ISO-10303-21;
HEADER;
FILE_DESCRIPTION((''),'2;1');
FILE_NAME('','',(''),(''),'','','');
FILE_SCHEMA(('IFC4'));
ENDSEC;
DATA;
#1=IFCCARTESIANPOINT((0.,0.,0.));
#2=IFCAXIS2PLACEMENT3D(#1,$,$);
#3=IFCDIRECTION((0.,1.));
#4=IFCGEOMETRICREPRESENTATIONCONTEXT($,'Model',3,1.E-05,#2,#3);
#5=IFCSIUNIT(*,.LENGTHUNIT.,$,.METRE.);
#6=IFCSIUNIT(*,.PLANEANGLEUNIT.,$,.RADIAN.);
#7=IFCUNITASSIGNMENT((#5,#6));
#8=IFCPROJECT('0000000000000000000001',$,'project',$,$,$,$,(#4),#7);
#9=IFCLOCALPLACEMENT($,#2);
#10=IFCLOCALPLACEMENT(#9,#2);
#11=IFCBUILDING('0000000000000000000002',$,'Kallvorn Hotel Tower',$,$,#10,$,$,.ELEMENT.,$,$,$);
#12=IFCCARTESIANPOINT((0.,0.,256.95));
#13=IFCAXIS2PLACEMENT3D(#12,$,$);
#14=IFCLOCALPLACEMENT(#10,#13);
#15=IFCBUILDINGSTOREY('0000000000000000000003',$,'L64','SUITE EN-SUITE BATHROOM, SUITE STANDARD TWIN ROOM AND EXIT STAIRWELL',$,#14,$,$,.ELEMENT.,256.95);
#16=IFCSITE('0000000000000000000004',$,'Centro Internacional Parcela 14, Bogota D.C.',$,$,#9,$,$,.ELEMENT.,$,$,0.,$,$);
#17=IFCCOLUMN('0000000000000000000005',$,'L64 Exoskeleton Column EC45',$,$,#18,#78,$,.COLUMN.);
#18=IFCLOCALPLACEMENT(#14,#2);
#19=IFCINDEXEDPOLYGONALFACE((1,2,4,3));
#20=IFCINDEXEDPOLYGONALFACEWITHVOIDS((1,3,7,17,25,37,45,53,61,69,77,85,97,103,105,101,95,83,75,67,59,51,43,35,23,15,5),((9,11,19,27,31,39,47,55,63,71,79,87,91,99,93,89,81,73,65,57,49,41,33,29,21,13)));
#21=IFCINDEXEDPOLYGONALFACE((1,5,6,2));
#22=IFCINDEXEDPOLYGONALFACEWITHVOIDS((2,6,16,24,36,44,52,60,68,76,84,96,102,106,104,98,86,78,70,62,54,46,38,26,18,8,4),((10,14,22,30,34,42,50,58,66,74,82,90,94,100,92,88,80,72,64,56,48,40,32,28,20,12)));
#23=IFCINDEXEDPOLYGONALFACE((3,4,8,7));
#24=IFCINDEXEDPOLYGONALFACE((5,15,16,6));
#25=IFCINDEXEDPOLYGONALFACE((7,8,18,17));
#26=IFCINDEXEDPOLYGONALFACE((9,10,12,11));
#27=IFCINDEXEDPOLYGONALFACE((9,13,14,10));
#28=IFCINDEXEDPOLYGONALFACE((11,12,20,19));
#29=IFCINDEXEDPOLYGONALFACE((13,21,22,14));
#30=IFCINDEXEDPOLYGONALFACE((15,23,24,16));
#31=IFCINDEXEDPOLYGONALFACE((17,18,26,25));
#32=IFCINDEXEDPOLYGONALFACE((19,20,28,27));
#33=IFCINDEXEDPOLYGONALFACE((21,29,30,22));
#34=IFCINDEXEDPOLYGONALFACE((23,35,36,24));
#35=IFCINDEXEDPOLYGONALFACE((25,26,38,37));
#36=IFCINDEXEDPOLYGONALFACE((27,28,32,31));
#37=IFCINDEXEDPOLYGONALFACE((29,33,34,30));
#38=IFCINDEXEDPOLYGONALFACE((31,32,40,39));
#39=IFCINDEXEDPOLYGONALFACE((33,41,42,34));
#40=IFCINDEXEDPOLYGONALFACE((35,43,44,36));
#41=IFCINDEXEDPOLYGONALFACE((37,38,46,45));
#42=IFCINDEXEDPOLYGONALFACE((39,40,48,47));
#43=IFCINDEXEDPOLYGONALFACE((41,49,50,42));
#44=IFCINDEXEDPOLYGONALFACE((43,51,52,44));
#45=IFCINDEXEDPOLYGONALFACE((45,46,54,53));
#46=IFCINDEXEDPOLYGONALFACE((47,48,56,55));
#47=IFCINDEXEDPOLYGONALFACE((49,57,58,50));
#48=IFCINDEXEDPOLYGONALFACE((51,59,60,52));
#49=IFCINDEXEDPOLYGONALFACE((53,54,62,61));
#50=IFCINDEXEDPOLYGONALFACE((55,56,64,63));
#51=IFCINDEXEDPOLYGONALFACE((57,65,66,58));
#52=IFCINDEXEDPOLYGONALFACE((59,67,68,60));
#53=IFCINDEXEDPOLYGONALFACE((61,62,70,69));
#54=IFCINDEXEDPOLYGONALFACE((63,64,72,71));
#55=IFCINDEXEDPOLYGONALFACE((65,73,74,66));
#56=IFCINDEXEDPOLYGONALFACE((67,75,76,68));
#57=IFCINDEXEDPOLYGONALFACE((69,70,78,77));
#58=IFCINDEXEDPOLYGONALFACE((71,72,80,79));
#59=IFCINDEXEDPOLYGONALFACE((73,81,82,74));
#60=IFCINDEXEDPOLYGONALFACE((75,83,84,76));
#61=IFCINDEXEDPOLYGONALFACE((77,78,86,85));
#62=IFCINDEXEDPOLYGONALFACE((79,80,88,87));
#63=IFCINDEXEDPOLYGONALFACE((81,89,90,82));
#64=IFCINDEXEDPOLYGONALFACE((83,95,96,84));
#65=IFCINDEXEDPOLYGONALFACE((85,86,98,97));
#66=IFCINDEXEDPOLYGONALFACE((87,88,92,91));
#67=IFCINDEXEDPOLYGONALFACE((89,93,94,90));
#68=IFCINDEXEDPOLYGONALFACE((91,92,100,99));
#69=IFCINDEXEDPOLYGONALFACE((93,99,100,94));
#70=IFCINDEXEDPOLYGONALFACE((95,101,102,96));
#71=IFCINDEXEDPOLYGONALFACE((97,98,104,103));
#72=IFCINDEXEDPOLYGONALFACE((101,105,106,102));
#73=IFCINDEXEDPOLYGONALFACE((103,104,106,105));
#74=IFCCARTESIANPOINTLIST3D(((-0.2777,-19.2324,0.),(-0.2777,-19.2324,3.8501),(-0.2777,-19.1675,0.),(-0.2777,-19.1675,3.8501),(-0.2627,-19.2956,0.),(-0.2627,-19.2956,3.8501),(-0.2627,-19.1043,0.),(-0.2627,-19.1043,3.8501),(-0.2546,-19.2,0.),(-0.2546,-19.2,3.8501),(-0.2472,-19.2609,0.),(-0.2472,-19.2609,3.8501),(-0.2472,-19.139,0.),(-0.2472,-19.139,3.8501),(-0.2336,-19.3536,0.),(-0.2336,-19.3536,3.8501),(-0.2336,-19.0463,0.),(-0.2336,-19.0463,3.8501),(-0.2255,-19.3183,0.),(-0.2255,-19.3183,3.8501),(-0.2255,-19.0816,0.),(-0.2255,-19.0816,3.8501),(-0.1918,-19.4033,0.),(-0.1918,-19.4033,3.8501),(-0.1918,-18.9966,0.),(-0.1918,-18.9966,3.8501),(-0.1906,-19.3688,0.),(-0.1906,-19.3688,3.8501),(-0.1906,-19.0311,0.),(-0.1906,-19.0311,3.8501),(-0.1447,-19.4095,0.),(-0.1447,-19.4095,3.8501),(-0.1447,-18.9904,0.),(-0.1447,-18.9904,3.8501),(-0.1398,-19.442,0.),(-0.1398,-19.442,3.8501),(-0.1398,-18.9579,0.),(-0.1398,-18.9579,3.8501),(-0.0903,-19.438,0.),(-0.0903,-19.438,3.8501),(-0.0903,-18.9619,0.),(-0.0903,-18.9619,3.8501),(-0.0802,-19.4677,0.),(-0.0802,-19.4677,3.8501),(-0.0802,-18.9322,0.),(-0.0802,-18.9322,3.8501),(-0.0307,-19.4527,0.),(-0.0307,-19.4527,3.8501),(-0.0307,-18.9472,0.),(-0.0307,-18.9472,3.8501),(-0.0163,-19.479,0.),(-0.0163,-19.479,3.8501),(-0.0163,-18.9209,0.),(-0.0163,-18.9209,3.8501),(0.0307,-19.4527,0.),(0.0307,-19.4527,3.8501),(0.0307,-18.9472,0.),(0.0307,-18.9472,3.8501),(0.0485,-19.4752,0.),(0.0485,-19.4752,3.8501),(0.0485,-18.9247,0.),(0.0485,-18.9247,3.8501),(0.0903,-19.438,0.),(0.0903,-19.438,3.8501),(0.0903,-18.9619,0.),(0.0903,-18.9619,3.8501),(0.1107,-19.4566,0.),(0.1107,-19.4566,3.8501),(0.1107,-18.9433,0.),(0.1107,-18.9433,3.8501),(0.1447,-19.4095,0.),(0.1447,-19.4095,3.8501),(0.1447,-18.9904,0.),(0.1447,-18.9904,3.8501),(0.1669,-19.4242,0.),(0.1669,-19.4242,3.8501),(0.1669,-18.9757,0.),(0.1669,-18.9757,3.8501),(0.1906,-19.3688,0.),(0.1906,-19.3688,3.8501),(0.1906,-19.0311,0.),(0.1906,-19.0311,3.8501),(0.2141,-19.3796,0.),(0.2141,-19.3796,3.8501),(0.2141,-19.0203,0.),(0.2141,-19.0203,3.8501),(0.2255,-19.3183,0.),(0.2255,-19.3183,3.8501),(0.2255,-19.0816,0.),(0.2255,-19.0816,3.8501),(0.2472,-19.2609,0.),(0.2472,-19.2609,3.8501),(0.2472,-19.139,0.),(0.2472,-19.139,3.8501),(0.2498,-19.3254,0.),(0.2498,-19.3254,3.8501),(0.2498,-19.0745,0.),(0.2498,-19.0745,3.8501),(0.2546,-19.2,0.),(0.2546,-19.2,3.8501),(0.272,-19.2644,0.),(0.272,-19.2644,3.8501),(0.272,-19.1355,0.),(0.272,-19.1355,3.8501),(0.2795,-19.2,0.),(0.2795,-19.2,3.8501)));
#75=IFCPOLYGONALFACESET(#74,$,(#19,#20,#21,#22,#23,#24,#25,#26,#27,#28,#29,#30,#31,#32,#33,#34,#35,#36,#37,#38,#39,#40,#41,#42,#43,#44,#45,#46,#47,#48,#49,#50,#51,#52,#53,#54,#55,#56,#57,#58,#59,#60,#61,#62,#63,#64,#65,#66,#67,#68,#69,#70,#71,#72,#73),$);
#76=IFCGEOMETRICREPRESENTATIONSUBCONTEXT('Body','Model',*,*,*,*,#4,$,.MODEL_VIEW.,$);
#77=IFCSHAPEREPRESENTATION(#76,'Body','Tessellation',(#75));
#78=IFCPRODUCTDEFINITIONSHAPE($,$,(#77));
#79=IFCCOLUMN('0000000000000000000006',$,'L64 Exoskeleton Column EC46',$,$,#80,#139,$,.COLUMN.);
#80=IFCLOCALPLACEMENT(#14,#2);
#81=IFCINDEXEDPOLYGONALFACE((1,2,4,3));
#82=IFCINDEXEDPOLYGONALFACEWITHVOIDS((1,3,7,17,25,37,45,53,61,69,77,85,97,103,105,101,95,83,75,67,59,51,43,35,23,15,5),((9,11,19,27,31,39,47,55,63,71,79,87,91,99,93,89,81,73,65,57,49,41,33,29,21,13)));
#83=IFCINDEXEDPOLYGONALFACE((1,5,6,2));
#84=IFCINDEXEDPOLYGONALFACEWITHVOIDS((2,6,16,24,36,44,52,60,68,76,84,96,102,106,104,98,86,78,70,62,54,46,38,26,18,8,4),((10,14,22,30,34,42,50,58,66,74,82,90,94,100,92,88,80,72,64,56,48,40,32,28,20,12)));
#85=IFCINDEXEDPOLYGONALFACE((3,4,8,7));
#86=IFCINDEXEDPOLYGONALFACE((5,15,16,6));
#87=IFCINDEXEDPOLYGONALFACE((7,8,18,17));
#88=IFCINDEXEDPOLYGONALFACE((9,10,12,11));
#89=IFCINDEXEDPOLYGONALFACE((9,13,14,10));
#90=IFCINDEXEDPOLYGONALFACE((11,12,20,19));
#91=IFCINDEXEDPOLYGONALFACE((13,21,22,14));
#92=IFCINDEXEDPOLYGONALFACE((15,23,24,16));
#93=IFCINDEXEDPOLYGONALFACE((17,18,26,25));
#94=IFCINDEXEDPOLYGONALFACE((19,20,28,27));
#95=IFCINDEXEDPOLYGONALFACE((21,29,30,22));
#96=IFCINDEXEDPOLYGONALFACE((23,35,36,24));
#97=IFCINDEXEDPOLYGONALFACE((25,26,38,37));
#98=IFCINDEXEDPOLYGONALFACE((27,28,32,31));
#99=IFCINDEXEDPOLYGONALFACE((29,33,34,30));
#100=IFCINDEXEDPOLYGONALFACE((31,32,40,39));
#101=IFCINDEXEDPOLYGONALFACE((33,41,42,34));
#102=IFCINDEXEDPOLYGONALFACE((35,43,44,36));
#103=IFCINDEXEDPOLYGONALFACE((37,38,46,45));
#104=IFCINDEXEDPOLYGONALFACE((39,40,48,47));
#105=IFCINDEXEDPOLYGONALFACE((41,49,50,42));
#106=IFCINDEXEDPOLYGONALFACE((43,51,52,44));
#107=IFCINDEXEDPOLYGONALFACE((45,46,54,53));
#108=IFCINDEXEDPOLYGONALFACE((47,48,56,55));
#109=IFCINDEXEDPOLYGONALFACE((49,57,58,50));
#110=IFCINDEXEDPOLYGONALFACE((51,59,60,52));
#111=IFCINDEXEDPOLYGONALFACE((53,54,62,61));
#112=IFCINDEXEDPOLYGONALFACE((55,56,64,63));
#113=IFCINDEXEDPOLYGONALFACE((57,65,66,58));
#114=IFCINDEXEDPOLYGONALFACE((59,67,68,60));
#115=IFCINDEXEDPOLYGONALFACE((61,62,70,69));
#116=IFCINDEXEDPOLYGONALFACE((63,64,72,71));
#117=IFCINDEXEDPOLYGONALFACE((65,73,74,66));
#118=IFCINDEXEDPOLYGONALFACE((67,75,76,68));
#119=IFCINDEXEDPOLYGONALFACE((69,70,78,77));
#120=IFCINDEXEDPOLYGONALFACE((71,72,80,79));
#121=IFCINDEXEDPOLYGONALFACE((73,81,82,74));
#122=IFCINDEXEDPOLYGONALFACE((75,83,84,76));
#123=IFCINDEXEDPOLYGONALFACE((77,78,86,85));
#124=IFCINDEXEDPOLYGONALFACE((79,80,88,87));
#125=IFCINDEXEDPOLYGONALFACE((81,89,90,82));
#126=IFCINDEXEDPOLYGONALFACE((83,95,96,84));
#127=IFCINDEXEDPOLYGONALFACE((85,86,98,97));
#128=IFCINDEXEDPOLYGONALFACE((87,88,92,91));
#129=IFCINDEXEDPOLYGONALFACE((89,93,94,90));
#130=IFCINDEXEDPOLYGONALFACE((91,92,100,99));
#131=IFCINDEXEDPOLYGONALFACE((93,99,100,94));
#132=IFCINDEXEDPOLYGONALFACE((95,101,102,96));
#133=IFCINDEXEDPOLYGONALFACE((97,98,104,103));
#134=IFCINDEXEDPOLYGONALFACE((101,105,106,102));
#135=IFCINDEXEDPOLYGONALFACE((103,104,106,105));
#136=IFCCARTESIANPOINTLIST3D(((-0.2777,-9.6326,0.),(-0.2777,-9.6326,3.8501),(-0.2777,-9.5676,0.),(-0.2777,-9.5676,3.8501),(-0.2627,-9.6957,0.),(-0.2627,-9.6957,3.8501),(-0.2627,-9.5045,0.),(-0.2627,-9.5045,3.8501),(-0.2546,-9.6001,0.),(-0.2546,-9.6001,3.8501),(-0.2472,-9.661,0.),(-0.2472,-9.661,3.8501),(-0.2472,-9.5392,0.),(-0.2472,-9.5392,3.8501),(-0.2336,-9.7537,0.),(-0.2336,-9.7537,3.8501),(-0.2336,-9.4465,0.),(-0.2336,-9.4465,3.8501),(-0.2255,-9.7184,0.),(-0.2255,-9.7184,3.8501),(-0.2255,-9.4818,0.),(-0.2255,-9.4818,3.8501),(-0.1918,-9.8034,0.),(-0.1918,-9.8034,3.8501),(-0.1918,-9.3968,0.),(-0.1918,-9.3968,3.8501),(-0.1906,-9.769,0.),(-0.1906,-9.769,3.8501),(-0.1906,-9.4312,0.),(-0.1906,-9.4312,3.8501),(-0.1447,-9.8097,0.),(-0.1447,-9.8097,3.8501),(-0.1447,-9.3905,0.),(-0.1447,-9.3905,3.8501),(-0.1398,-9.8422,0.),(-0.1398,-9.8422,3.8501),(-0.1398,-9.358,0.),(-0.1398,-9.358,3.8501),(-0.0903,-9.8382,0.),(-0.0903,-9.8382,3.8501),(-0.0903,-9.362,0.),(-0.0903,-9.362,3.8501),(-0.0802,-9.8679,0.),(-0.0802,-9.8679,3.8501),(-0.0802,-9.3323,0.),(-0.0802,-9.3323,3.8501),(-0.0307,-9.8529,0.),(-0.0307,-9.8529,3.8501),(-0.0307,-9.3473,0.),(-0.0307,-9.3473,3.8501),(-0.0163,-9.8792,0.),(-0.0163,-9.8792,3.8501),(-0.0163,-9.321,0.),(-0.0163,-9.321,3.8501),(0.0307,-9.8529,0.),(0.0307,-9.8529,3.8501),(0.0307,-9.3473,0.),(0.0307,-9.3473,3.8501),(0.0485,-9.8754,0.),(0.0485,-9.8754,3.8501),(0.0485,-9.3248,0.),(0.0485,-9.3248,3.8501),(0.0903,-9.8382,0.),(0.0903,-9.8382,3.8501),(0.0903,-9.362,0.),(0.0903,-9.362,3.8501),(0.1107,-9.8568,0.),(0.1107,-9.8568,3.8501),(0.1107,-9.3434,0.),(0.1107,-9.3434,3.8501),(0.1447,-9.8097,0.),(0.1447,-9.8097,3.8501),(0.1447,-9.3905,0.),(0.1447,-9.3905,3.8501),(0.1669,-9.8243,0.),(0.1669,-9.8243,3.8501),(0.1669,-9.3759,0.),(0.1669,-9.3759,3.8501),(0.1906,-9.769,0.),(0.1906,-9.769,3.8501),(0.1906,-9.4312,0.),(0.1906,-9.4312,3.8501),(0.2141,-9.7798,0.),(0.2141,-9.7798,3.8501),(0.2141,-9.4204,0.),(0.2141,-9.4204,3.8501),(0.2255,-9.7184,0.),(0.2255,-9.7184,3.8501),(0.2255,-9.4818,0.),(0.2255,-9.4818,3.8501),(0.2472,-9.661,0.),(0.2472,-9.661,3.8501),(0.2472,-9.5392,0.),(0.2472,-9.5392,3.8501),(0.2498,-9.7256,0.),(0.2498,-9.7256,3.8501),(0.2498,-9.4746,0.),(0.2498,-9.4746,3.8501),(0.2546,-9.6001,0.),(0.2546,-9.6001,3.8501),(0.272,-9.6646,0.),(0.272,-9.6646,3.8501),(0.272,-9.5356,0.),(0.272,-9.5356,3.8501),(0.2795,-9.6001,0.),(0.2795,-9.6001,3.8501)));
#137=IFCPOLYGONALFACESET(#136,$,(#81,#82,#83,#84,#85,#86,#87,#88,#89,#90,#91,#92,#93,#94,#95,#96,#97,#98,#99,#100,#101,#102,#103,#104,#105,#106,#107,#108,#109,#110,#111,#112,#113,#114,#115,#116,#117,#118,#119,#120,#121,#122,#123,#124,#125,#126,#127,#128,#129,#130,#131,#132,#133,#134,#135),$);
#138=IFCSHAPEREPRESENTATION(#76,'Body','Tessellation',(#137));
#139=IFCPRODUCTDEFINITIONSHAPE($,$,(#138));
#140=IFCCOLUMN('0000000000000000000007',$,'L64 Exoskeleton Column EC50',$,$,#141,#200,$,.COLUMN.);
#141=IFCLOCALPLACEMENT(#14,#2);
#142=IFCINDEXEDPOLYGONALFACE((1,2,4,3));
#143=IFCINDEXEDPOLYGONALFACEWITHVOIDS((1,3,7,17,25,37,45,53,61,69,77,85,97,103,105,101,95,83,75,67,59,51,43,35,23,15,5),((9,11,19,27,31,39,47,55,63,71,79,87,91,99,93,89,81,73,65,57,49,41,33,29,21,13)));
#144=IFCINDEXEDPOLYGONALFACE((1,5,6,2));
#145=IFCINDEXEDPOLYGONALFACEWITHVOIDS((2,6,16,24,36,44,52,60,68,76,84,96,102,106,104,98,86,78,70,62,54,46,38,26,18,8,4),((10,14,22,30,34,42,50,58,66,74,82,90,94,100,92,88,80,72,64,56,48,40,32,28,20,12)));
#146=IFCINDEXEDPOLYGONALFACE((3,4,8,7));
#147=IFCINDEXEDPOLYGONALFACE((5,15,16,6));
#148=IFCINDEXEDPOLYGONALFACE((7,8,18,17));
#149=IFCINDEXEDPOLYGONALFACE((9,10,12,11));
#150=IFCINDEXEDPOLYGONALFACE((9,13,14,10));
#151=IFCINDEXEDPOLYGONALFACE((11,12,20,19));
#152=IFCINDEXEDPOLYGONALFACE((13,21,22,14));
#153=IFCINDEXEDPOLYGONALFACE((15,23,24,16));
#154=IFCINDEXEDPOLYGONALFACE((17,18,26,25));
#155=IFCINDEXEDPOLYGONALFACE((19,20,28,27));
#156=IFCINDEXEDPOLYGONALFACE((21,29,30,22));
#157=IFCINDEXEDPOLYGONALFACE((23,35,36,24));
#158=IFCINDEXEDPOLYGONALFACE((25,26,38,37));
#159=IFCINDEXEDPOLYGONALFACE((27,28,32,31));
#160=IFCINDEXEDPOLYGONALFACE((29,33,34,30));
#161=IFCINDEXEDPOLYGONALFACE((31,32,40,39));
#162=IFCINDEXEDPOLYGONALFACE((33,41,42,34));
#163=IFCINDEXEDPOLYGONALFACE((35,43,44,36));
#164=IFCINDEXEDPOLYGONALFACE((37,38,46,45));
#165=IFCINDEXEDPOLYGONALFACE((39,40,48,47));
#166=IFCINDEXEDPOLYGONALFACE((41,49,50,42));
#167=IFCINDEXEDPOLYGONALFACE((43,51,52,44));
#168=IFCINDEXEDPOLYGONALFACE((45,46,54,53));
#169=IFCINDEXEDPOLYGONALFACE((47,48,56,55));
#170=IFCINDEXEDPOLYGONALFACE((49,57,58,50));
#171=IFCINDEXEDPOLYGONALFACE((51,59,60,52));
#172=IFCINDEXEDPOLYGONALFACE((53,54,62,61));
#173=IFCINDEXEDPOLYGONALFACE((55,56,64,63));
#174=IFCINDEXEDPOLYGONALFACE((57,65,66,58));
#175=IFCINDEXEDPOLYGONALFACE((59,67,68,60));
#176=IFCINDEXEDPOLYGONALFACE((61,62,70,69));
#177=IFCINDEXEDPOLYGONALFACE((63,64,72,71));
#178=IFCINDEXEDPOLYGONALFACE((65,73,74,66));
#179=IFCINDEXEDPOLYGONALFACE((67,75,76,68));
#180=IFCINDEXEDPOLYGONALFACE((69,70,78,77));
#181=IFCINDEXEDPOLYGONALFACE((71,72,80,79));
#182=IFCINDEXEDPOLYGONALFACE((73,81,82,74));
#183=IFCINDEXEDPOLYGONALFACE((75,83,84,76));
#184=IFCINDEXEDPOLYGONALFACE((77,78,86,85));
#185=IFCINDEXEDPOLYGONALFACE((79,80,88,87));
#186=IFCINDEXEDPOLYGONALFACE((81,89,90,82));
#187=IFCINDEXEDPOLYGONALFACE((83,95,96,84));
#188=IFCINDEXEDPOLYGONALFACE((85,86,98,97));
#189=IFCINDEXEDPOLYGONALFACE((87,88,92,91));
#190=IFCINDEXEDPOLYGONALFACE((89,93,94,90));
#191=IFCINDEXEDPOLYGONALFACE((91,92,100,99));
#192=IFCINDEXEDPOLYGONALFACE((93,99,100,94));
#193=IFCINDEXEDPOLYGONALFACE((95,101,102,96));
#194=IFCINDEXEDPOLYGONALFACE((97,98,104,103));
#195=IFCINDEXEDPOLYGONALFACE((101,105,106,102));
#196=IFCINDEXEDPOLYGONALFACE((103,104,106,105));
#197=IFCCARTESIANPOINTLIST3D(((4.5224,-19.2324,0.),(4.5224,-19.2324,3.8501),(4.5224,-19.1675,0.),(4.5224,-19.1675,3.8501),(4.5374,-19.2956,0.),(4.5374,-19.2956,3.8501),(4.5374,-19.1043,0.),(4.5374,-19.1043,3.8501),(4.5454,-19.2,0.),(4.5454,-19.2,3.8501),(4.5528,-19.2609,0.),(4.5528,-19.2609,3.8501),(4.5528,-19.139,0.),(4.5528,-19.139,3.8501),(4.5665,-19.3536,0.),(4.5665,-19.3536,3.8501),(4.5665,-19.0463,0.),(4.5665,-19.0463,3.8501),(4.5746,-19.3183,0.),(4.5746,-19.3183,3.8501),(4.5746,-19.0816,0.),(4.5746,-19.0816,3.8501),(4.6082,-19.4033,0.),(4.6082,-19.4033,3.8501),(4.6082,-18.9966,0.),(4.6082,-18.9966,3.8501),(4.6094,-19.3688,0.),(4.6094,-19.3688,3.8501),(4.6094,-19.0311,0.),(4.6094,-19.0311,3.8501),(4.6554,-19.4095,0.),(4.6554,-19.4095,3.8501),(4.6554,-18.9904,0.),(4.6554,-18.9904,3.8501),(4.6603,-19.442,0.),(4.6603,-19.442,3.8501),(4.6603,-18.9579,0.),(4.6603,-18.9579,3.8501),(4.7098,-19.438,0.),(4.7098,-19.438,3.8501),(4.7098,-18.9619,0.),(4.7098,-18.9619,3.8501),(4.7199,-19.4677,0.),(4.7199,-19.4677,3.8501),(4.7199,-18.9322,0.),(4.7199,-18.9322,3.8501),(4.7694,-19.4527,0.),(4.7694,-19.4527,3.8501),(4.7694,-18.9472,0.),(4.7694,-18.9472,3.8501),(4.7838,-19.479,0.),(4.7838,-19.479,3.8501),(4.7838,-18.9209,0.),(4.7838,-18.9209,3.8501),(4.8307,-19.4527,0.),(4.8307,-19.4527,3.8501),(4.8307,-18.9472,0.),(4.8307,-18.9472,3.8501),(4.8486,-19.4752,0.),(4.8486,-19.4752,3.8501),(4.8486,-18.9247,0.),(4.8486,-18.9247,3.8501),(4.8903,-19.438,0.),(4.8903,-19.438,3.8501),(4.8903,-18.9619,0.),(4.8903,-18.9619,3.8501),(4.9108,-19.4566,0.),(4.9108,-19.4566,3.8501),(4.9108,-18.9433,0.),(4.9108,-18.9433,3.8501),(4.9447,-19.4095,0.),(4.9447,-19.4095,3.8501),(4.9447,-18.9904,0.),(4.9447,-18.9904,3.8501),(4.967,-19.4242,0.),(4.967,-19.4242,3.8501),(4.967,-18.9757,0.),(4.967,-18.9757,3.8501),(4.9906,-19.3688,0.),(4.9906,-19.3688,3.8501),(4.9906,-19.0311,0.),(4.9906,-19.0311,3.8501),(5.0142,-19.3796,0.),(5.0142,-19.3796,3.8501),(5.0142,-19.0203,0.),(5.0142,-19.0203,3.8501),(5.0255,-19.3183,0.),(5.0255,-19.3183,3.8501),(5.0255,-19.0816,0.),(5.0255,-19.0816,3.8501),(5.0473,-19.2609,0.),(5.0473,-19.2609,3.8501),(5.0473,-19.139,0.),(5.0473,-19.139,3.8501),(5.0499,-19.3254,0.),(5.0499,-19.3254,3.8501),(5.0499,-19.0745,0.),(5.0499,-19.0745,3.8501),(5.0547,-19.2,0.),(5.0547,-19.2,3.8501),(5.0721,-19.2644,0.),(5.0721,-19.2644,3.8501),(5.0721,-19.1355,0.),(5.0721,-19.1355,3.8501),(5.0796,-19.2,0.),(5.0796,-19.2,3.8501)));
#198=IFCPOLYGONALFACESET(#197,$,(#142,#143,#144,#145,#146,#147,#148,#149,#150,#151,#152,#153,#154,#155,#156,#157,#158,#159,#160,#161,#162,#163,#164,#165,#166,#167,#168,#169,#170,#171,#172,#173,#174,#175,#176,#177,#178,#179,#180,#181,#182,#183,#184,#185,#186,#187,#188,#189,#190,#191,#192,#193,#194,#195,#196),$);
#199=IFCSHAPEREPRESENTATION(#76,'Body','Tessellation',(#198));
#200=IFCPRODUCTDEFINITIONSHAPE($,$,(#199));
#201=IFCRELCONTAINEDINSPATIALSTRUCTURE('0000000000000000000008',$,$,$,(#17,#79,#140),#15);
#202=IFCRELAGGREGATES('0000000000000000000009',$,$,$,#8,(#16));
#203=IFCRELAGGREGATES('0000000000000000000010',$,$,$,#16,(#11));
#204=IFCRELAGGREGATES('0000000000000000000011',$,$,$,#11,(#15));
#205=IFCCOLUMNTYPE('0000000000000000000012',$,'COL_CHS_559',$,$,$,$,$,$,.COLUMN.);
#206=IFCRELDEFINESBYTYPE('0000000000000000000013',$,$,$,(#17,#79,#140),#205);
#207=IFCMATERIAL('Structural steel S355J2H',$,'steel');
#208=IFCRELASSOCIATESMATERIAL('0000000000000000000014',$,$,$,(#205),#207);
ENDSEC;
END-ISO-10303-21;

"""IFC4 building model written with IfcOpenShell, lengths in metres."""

from ifc_helpers import new_model, si_unit, direction, frame, origin, origin_2d, place, context, subcontext, project, spatial, hollow_circle, extrude, material, material_profile, profile_set, type_object, element, save


model = new_model("IFC4")

# Units and contexts
model_context = context("Model", 3, precision=1e-05, world=origin(), true_north=direction((0.0, 1.0)))
body_context = subcontext(model_context, "Body", "Model", "MODEL_VIEW")
ifc_project = project(units=[si_unit("LENGTHUNIT", "METRE"), si_unit("PLANEANGLEUNIT", "RADIAN")], contexts=[model_context])

# Site, building, storey
site_placement = place(None, origin())
site = spatial("IfcSite", under=ifc_project, at=site_placement, Name="Centro Internacional Parcela 14, Bogota D.C.", CompositionType="ELEMENT", RefElevation=0.0)
building_placement = place(site_placement, origin())
building = spatial("IfcBuilding", under=site, at=building_placement, Name="Kallvorn Hotel Tower", CompositionType="ELEMENT")
storey_placement = place(building_placement, frame((0.0, 0.0, 256.95)))
storey = spatial("IfcBuildingStorey", under=building, at=storey_placement, Name="L64", Description="SUITE EN-SUITE BATHROOM, SUITE STANDARD TWIN ROOM AND EXIT STAIRWELL", CompositionType="ELEMENT", Elevation=256.95)

# Columns
ifc_material_1 = material(Name="Structural steel S355J2H", Category="steel")
ifc_material_profile_1 = material_profile(ifc_material_1, hollow_circle(Radius=0.2795, WallThickness=0.0249, at=origin_2d()), Name="CHS 559x25")
ifc_profile_set_1 = profile_set([ifc_material_profile_1], Name="Structural steel S355J2H")
column_type_1 = type_object("IfcColumnType", Name="COL_CHS_559", PredefinedType="COLUMN", material=ifc_profile_set_1)
for number, where, z_axis, x_axis, name in (
    (1, (0.0, -19.2, 0.0), (0.0, 0.0, 1.0), (1.0, 0.0, 0.0), "L64 Exoskeleton Column EC45"),
    (2, (0.0, -9.6001, 0.0), (0.0, 0.0, 1.0), (1.0, 0.0, 0.0), "L64 Exoskeleton Column EC46"),
    (3, (4.8, -19.2, 0.0), (0.0, 0.0, 1.0), (1.0, 0.0, 0.0), "L64 Exoskeleton Column EC50"),
):
    element("IfcColumn", number, at=place(storey_placement, frame(where, z_axis=z_axis, x_axis=x_axis)), inside=storey, type_object=column_type_1, Name=name, PredefinedType="COLUMN", context=body_context, shape_type="SweptSolid", body=[
        extrude(hollow_circle(Radius=0.2795, WallThickness=0.0249, at=origin_2d()), origin(), (0.0, 0.0, 1.0), 3.8501),
    ])

save(model, "model.ifc")
